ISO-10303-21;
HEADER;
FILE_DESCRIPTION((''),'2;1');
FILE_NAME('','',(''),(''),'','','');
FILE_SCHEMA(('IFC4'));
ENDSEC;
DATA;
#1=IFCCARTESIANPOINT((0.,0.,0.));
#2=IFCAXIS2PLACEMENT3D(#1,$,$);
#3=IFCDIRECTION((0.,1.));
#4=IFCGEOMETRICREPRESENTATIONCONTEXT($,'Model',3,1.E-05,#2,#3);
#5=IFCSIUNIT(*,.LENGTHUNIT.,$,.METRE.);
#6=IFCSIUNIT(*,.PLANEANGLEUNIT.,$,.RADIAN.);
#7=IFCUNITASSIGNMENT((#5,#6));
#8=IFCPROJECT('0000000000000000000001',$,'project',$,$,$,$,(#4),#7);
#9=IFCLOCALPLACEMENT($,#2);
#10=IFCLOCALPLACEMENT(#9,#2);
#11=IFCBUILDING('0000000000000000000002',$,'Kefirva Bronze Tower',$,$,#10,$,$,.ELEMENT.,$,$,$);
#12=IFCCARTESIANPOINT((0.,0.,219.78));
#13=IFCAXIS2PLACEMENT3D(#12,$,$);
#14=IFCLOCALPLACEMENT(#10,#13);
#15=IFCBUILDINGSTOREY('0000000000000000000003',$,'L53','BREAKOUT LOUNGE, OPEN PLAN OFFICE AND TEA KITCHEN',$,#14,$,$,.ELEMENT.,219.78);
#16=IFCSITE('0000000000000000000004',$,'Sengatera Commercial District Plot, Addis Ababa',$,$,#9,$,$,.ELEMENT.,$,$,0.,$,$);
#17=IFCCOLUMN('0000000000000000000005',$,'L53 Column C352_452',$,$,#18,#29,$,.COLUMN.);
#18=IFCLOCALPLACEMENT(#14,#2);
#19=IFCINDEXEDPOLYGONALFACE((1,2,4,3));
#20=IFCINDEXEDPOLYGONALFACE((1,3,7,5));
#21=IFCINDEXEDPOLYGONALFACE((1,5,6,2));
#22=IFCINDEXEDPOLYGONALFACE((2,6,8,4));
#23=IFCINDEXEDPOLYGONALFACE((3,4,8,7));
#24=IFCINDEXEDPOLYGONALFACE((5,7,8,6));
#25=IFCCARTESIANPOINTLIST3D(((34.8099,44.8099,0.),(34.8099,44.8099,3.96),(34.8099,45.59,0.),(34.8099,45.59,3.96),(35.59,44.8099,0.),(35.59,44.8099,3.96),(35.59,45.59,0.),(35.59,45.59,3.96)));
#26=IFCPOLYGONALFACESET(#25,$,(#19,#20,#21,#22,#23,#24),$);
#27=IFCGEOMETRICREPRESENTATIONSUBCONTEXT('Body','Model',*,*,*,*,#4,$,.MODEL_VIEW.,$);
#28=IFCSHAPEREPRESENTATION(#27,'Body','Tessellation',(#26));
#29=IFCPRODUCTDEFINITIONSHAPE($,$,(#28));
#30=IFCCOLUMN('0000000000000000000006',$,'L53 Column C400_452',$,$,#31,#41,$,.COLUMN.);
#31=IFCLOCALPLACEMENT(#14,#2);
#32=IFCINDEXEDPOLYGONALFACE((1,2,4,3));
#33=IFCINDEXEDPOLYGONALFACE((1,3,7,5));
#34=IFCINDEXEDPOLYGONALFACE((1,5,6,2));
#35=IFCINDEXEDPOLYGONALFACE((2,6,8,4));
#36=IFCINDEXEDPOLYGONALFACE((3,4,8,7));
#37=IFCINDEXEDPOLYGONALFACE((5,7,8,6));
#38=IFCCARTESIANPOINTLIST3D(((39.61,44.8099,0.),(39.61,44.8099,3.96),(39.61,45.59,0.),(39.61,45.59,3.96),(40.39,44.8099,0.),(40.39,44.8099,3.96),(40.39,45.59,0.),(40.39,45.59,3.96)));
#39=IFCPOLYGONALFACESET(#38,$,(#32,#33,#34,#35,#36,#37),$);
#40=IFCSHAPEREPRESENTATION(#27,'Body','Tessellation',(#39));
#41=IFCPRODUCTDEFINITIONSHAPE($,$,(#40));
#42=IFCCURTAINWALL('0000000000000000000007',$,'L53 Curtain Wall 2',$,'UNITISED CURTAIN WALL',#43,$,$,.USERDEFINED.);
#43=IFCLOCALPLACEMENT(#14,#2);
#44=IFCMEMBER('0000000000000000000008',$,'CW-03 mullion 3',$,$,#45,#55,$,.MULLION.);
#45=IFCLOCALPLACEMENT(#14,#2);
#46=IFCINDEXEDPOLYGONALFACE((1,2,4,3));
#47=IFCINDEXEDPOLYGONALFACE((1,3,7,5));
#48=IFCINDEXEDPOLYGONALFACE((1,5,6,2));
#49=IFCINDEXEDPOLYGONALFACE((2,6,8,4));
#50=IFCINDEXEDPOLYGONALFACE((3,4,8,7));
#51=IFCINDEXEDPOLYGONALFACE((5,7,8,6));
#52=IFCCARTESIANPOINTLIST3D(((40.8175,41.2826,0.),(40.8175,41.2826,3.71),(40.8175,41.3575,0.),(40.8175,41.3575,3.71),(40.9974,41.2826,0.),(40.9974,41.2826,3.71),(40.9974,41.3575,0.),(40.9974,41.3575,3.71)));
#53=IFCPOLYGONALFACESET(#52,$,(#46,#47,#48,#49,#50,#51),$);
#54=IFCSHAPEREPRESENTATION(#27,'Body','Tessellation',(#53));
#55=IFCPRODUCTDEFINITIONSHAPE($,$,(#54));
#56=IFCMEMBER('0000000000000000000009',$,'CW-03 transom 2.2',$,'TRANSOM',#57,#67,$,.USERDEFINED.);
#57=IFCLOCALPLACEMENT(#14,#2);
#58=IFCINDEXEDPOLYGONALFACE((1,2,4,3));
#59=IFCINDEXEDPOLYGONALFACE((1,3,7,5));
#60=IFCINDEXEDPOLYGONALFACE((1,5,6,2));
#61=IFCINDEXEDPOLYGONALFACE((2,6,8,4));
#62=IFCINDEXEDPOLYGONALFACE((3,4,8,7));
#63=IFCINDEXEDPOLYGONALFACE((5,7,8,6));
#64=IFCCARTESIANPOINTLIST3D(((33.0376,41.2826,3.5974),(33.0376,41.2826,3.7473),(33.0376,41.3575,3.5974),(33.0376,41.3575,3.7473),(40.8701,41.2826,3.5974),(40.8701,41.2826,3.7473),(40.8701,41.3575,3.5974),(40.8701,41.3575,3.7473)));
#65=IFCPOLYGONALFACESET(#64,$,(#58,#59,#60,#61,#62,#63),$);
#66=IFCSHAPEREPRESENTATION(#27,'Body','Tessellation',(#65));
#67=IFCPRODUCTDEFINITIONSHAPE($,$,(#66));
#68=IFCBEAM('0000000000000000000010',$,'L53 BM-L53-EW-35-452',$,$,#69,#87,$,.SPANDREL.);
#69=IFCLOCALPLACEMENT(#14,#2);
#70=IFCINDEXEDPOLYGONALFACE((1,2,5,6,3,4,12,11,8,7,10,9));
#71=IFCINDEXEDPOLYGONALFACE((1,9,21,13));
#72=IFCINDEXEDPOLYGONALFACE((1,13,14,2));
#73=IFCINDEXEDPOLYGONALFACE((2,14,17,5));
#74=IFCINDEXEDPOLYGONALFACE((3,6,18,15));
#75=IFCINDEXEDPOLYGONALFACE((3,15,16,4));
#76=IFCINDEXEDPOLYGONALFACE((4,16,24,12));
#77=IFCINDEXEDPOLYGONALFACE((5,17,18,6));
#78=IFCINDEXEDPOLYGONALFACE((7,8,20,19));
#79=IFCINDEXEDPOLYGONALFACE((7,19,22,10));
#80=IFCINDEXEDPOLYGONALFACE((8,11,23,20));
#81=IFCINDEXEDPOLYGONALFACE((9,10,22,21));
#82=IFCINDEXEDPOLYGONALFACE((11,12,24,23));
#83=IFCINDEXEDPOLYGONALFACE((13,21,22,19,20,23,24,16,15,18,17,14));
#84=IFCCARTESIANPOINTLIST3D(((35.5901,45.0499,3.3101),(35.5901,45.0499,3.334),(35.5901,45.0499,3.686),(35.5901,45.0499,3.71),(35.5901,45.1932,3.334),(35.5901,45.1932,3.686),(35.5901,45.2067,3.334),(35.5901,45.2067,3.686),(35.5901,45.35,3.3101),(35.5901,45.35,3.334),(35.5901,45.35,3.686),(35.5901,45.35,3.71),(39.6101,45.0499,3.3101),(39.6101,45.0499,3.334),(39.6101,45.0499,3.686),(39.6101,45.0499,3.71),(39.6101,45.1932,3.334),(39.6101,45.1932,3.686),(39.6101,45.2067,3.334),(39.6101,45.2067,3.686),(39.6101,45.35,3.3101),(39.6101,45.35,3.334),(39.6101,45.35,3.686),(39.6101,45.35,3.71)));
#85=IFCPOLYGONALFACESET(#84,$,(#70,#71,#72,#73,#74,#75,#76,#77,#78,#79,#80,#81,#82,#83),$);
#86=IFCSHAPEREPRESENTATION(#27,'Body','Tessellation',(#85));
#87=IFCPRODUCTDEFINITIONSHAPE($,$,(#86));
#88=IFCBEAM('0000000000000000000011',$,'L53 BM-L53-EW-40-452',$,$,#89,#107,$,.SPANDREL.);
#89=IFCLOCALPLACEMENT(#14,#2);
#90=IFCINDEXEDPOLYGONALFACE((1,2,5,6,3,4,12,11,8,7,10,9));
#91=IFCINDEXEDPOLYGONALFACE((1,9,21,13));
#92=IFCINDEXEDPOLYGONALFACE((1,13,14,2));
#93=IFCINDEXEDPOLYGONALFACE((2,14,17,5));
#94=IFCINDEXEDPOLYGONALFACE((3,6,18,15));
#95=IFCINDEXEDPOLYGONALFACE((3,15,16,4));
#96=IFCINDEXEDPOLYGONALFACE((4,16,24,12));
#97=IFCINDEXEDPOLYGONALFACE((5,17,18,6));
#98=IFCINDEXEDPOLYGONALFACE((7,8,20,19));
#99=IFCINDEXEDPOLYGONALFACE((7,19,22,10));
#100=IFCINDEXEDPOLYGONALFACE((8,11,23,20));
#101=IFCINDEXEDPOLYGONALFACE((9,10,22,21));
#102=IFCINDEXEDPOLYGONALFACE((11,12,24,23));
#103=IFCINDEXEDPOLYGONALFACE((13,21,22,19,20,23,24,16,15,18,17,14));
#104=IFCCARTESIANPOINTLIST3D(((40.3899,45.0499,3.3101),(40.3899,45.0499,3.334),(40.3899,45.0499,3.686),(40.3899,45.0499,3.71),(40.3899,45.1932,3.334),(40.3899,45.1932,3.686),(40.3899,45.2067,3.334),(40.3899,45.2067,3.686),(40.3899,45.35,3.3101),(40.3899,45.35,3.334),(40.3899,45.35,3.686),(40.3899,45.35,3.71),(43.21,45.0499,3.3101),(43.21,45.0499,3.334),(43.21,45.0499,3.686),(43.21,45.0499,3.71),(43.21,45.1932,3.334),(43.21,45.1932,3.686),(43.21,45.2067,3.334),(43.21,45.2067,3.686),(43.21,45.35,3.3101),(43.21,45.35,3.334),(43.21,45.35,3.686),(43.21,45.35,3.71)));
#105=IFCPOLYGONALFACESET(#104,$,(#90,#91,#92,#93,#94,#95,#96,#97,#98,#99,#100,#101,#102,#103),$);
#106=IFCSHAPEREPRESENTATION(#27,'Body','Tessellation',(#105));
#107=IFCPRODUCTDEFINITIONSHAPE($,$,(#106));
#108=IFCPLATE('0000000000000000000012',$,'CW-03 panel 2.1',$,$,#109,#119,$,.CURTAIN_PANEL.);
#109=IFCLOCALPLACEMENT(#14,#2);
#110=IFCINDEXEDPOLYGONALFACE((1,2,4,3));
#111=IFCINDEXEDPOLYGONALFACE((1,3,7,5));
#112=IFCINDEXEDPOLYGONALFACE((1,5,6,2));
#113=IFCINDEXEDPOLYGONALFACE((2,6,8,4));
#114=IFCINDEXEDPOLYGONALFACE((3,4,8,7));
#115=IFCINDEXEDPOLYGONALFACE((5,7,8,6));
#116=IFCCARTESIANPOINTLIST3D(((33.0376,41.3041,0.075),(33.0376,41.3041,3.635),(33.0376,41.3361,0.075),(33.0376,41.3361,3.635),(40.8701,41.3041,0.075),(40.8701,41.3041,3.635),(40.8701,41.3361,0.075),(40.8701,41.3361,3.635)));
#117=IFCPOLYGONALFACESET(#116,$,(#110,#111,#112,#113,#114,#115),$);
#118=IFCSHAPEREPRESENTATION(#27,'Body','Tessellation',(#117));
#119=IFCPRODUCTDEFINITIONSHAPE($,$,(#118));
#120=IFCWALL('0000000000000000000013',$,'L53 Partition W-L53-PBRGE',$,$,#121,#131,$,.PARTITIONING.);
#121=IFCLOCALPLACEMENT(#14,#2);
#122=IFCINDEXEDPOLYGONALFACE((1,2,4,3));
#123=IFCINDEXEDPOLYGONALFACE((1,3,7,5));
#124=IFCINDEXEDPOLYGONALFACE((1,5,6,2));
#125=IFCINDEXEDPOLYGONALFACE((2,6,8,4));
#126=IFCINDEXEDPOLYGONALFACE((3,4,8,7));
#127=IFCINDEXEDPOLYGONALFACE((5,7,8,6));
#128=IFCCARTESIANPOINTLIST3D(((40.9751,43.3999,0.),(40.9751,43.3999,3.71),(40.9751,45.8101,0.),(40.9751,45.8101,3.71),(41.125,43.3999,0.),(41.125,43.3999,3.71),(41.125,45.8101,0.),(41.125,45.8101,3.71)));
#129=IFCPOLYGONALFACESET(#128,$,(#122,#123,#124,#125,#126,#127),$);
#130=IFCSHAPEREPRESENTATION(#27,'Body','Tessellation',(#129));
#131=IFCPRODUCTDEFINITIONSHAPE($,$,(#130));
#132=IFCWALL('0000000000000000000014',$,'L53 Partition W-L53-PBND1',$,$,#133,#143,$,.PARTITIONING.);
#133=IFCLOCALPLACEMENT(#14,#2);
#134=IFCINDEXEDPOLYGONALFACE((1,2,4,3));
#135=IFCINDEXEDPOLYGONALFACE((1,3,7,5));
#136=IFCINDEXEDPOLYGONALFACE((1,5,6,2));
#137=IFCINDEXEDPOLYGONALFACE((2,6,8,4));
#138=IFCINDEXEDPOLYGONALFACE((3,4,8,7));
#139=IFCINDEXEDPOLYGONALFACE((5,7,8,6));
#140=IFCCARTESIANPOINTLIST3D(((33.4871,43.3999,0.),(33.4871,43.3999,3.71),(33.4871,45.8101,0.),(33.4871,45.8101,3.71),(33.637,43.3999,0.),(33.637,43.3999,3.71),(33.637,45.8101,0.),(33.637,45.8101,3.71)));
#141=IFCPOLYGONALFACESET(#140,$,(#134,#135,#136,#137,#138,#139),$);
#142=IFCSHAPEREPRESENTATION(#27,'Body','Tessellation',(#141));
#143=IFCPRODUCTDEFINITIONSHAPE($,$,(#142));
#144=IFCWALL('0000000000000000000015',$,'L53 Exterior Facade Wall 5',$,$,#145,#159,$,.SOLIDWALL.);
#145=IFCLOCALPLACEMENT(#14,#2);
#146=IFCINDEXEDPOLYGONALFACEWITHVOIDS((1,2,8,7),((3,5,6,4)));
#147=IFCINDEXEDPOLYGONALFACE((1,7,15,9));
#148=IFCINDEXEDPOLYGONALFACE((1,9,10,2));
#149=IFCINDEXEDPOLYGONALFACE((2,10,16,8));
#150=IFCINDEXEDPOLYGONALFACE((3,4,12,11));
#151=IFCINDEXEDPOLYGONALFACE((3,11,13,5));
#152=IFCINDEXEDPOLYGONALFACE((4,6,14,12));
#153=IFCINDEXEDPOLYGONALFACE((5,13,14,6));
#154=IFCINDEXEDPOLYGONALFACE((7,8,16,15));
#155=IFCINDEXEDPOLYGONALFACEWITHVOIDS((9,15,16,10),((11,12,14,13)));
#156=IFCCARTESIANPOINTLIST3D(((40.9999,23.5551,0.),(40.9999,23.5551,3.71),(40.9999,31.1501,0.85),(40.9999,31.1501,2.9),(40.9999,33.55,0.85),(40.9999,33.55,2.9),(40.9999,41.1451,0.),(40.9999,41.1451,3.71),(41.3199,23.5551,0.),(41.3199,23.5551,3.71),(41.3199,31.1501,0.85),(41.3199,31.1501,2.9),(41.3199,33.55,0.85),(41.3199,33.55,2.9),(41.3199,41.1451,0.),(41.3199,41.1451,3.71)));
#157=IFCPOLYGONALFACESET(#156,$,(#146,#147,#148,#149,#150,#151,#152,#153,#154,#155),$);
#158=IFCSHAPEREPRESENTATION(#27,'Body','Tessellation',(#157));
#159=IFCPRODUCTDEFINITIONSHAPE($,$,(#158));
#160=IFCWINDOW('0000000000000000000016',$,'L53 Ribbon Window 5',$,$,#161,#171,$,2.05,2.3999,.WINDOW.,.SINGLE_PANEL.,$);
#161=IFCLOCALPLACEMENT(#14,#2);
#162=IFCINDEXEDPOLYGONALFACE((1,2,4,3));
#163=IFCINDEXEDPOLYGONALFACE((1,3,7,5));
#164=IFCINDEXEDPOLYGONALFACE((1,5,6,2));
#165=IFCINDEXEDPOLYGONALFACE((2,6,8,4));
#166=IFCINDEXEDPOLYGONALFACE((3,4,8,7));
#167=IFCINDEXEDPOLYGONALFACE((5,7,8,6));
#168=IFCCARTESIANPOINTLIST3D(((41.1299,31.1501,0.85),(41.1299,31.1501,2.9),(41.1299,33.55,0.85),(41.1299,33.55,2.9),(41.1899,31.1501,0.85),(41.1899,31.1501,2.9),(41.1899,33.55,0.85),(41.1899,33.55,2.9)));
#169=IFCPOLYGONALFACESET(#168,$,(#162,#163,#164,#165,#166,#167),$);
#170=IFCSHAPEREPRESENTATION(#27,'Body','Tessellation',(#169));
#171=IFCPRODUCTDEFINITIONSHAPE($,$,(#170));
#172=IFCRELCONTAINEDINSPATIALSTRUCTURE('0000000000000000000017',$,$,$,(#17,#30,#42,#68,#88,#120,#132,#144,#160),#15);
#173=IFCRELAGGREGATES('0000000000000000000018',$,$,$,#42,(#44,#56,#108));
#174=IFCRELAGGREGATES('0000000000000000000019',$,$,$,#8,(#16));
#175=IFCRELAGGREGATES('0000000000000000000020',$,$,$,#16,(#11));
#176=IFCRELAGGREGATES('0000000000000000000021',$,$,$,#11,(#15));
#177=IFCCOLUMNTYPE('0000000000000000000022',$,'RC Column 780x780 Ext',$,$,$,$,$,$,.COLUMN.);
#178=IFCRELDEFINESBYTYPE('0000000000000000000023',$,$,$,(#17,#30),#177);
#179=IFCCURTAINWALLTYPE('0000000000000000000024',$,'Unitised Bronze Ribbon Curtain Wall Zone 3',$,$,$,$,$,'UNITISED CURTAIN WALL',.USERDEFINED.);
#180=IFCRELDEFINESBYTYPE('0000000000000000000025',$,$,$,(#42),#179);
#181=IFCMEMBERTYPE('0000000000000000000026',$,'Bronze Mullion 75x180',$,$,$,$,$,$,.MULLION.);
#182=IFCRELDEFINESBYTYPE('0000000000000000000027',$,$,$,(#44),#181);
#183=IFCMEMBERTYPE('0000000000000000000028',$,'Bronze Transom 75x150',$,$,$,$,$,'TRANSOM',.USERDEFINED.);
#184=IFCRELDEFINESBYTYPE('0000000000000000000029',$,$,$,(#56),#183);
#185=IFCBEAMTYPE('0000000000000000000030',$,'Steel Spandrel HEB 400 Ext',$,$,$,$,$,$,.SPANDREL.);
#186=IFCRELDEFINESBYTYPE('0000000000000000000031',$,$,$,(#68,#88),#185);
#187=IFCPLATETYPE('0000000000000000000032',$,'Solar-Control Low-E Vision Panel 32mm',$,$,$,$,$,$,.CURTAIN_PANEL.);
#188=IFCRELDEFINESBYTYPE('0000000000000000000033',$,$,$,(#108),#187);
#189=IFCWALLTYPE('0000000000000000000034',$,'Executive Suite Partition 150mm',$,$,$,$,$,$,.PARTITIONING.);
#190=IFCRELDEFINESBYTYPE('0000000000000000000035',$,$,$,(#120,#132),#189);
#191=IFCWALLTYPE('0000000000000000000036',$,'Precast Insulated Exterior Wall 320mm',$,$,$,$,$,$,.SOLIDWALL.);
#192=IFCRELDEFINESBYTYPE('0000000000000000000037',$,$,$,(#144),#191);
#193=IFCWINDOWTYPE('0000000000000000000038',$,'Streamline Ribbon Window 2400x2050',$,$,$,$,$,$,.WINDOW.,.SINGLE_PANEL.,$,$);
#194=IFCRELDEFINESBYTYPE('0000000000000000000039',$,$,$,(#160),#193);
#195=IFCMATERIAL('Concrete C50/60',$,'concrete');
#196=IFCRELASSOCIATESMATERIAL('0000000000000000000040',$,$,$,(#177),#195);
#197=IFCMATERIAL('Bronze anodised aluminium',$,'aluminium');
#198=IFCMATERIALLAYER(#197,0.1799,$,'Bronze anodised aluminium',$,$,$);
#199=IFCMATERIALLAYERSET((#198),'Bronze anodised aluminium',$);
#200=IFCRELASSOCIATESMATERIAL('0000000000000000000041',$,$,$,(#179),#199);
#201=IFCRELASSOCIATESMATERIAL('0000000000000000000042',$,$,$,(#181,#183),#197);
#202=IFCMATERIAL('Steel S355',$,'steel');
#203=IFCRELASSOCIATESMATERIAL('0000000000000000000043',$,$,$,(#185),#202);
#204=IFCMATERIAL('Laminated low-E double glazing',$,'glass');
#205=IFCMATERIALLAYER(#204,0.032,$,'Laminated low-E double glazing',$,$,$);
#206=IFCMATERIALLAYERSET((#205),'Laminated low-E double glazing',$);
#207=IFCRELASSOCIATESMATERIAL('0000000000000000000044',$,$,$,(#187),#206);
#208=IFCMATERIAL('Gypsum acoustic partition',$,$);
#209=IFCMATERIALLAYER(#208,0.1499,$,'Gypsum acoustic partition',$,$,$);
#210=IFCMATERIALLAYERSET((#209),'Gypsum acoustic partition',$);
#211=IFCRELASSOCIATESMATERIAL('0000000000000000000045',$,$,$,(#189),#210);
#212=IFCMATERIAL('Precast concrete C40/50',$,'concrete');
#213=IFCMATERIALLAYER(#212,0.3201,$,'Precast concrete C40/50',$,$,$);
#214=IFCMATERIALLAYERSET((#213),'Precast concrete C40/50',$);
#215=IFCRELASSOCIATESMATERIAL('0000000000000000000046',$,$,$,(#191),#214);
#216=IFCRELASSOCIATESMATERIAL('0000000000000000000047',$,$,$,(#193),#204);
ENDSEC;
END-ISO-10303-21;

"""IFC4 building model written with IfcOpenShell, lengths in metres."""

from ifc_helpers import new_model, si_unit, direction, frame, frame_2d, origin, origin_2d, place, context, subcontext, project, spatial, rectangle, i_section, extrude, material, layer, layer_set, material_profile, profile_set, type_object, element, fill, aggregate, save


model = new_model("IFC4")

# Units and contexts
model_context = context("Model", 3, precision=1e-05, world=origin(), true_north=direction((0.0, 1.0)))
body_context = subcontext(model_context, "Body", "Model", "MODEL_VIEW")
ifc_project = project(units=[si_unit("LENGTHUNIT", "METRE"), si_unit("PLANEANGLEUNIT", "RADIAN")], contexts=[model_context])

# Site, building, storey
site_placement = place(None, origin())
site = spatial("IfcSite", under=ifc_project, at=site_placement, Name="Sengatera Commercial District Plot, Addis Ababa", CompositionType="ELEMENT", RefElevation=0.0)
building_placement = place(site_placement, origin())
building = spatial("IfcBuilding", under=site, at=building_placement, Name="Kefirva Bronze Tower", CompositionType="ELEMENT")
storey_placement = place(building_placement, frame((0.0, 0.0, 219.78)))
storey = spatial("IfcBuildingStorey", under=building, at=storey_placement, Name="L53", Description="BREAKOUT LOUNGE, OPEN PLAN OFFICE AND TEA KITCHEN", CompositionType="ELEMENT", Elevation=219.78)

# Columns
ifc_material_1 = material(Name="Concrete C50/60", Category="concrete")
ifc_material_profile_1 = material_profile(ifc_material_1, rectangle(XDim=0.78, YDim=0.78, at=origin_2d()), Name="RC 780x780")
ifc_profile_set_1 = profile_set([ifc_material_profile_1], Name="Concrete C50/60")
column_type = type_object("IfcColumnType", Name="RC Column 780x780 Ext", PredefinedType="COLUMN", material=ifc_profile_set_1)
for number, where, z_axis, x_axis, name in (
    (1, (35.2, 45.2, 0.0), (0.0, 0.0, 1.0), (1.0, 0.0, 0.0), "L53 Column C352_452"),
    (2, (40.0, 45.2, 0.0), (0.0, 0.0, 1.0), (1.0, 0.0, 0.0), "L53 Column C400_452"),
):
    element("IfcColumn", number, at=place(storey_placement, frame(where, z_axis=z_axis, x_axis=x_axis)), inside=storey, type_object=column_type, Name=name, PredefinedType="COLUMN", context=body_context, shape_type="SweptSolid", body=[
        extrude(rectangle(XDim=0.78, YDim=0.78, at=origin_2d()), origin(), (0.0, 0.0, 1.0), 3.96),
    ])

# Curtain wall, members
ifc_material_2 = material(Name="Bronze anodised aluminium", Category="aluminium")
ifc_layer_1 = layer(ifc_material_2, 0.1799, Name="Bronze anodised aluminium")
ifc_layer_set_1 = layer_set([ifc_layer_1], Name="Bronze anodised aluminium")
curtain_wall_type = type_object("IfcCurtainWallType", Name="Unitised Bronze Ribbon Curtain Wall Zone 3", ElementType="UNITISED CURTAIN WALL", PredefinedType="USERDEFINED", material=ifc_layer_set_1)
curtain_wall_placement = place(storey_placement, origin())
curtain_wall = element("IfcCurtainWall", 3, at=curtain_wall_placement, inside=storey, type_object=curtain_wall_type, Name="L53 Curtain Wall 2", ObjectType="UNITISED CURTAIN WALL", PredefinedType="USERDEFINED")
ifc_material_profile_2 = material_profile(ifc_material_2, rectangle(XDim=0.075, YDim=0.1799, at=origin_2d()), Name="ALU 75x180")
ifc_profile_set_2 = profile_set([ifc_material_profile_2], Name="Bronze anodised aluminium")
member_type_1 = type_object("IfcMemberType", Name="Bronze Mullion 75x180", PredefinedType="MULLION", material=ifc_profile_set_2)
member_1_placement = place(storey_placement, frame((40.9075, 41.3201, 0.0), z_axis=(0.0, 0.0, 1.0), x_axis=(0.0, 1.0, 0.0)))
member_1 = element("IfcMember", 4, at=member_1_placement, type_object=member_type_1, Name="CW-03 mullion 3", PredefinedType="MULLION", context=body_context, shape_type="SweptSolid", body=[
    extrude(rectangle(XDim=0.075, YDim=0.1799, at=origin_2d()), origin(), (0.0, 0.0, 1.0), 3.71),
])
ifc_material_profile_3 = material_profile(ifc_material_2, rectangle(XDim=0.075, YDim=0.1499, at=origin_2d()), Name="ALU 75x150")
ifc_profile_set_3 = profile_set([ifc_material_profile_3], Name="Bronze anodised aluminium")
member_type_2 = type_object("IfcMemberType", Name="Bronze Transom 75x150", ElementType="TRANSOM", PredefinedType="USERDEFINED", material=ifc_profile_set_3)
member_2_placement = place(storey_placement, frame((33.0376, 41.3201, 3.6724), z_axis=(1.0, 0.0, 0.0), x_axis=(0.0, 1.0, 0.0)))
member_2 = element("IfcMember", 5, at=member_2_placement, type_object=member_type_2, Name="CW-03 transom 2.2", ObjectType="TRANSOM", PredefinedType="USERDEFINED", context=body_context, shape_type="SweptSolid", body=[
    extrude(rectangle(XDim=0.075, YDim=0.1499, at=origin_2d()), origin(), (0.0, 0.0, 1.0), 7.8325),
])

# Beams
ifc_material_3 = material(Name="Steel S355", Category="steel")
ifc_material_profile_4 = material_profile(ifc_material_3, i_section(OverallWidth=0.3, OverallDepth=0.3999, WebThickness=0.0134, FlangeThickness=0.0239, at=origin_2d()), Name="HEB 400")
ifc_profile_set_4 = profile_set([ifc_material_profile_4], Name="Steel S355")
beam_type = type_object("IfcBeamType", Name="Steel Spandrel HEB 400 Ext", PredefinedType="SPANDREL", material=ifc_profile_set_4)
beam_1_placement = place(storey_placement, frame((35.5901, 45.2, 3.51), z_axis=(1.0, 0.0, 0.0), x_axis=(0.0, 1.0, 0.0)))
element("IfcBeam", 6, at=beam_1_placement, inside=storey, type_object=beam_type, Name="L53 BM-L53-EW-35-452", PredefinedType="SPANDREL", context=body_context, shape_type="SweptSolid", body=[
    extrude(i_section(OverallWidth=0.3, OverallDepth=0.3999, WebThickness=0.0134, FlangeThickness=0.0239, at=origin_2d()), origin(), (0.0, 0.0, 1.0), 4.02),
])
beam_2_placement = place(storey_placement, frame((40.3899, 45.2, 3.51), z_axis=(1.0, 0.0, 0.0), x_axis=(0.0, 1.0, 0.0)))
element("IfcBeam", 7, at=beam_2_placement, inside=storey, type_object=beam_type, Name="L53 BM-L53-EW-40-452", PredefinedType="SPANDREL", context=body_context, shape_type="SweptSolid", body=[
    extrude(i_section(OverallWidth=0.3, OverallDepth=0.3999, WebThickness=0.0134, FlangeThickness=0.0239, at=origin_2d()), origin(), (0.0, 0.0, 1.0), 2.8201),
])

# Plate
ifc_material_4 = material(Name="Laminated low-E double glazing", Category="glass")
ifc_layer_2 = layer(ifc_material_4, 0.032, Name="Laminated low-E double glazing")
ifc_layer_set_2 = layer_set([ifc_layer_2], Name="Laminated low-E double glazing")
plate_type = type_object("IfcPlateType", Name="Solar-Control Low-E Vision Panel 32mm", PredefinedType="CURTAIN_PANEL", material=ifc_layer_set_2)
plate_placement = place(storey_placement, frame((36.9539, 41.3201, 0.075), z_axis=(0.0, 0.0, 1.0), x_axis=(1.0, 0.0, 0.0)))
plate = element("IfcPlate", 8, at=plate_placement, type_object=plate_type, Name="CW-03 panel 2.1", PredefinedType="CURTAIN_PANEL", context=body_context, shape_type="SweptSolid", body=[
    extrude(rectangle(XDim=7.8325, YDim=0.032, at=origin_2d()), origin(), (0.0, 0.0, 1.0), 3.5601),
])
aggregate(curtain_wall, [member_1, member_2, plate])

# Walls
ifc_material_5 = material(Name="Gypsum acoustic partition")
ifc_layer_3 = layer(ifc_material_5, 0.1499, Name="Gypsum acoustic partition")
ifc_layer_set_3 = layer_set([ifc_layer_3], Name="Gypsum acoustic partition")
wall_type_1 = type_object("IfcWallType", Name="Executive Suite Partition 150mm", PredefinedType="PARTITIONING", material=ifc_layer_set_3)
for number, where, z_axis, x_axis, name in (
    (9, (41.05, 43.3999, 0.0), (0.0, 0.0, 1.0), (0.0, 1.0, 0.0), "L53 Partition W-L53-PBRGE"),
    (10, (33.562, 43.3999, 0.0), (0.0, 0.0, 1.0), (0.0, 1.0, 0.0), "L53 Partition W-L53-PBND1"),
):
    element("IfcWall", number, at=place(storey_placement, frame(where, z_axis=z_axis, x_axis=x_axis)), inside=storey, type_object=wall_type_1, Name=name, PredefinedType="PARTITIONING", context=body_context, shape_type="SweptSolid", body=[
        extrude(rectangle(XDim=2.4102, YDim=0.1499, at=frame_2d((1.2051, 0.0))), origin(), (0.0, 0.0, 1.0), 3.71),
    ])

# Wall, opening, window
ifc_material_6 = material(Name="Precast concrete C40/50", Category="concrete")
ifc_layer_4 = layer(ifc_material_6, 0.3201, Name="Precast concrete C40/50")
ifc_layer_set_4 = layer_set([ifc_layer_4], Name="Precast concrete C40/50")
wall_type_2 = type_object("IfcWallType", Name="Precast Insulated Exterior Wall 320mm", PredefinedType="SOLIDWALL", material=ifc_layer_set_4)
wall_placement = place(storey_placement, frame((41.1599, 41.145, 0.0), z_axis=(0.0, 0.0, 1.0), x_axis=(0.0, -1.0, 0.0)))
wall = element("IfcWall", 11, at=wall_placement, inside=storey, type_object=wall_type_2, Name="L53 Exterior Facade Wall 5", PredefinedType="SOLIDWALL", context=body_context, shape_type="SweptSolid", body=[
    extrude(rectangle(XDim=17.5901, YDim=0.3201, at=frame_2d((8.7949, 0.0))), origin(), (0.0, 0.0, 1.0), 3.71),
])
opening_placement = place(wall_placement, frame((7.595, 0.0, 0.8501)))
opening = element("IfcOpeningElement", 12, at=opening_placement, cuts=wall, PredefinedType="OPENING", context=body_context, shape_type="SweptSolid", body=[
    extrude(rectangle(XDim=2.3999, YDim=2.05, at=frame_2d((1.2, 1.0249))), frame((0.0, 0.1699, 0.0), z_axis=(0.0, -1.0, 0.0), x_axis=(1.0, 0.0, 0.0)), (0.0, 0.0, 1.0), 0.3401),
])
window_type = type_object("IfcWindowType", Name="Streamline Ribbon Window 2400x2050", PartitioningType="SINGLE_PANEL", PredefinedType="WINDOW", material=ifc_material_4)
window_placement = place(opening_placement, origin())
window = element("IfcWindow", 13, at=window_placement, inside=storey, type_object=window_type, Name="L53 Ribbon Window 5", OverallHeight=2.05, OverallWidth=2.3999, PartitioningType="SINGLE_PANEL", PredefinedType="WINDOW", context=body_context, shape_type="SweptSolid", body=[
    extrude(rectangle(XDim=2.3999, YDim=2.05, at=frame_2d((1.2, 1.0249))), frame((0.0, 0.03, 0.0), z_axis=(0.0, -1.0, 0.0), x_axis=(1.0, 0.0, 0.0)), (0.0, 0.0, 1.0), 0.0601),
])
fill(opening, window)

save(model, "model.ifc")
